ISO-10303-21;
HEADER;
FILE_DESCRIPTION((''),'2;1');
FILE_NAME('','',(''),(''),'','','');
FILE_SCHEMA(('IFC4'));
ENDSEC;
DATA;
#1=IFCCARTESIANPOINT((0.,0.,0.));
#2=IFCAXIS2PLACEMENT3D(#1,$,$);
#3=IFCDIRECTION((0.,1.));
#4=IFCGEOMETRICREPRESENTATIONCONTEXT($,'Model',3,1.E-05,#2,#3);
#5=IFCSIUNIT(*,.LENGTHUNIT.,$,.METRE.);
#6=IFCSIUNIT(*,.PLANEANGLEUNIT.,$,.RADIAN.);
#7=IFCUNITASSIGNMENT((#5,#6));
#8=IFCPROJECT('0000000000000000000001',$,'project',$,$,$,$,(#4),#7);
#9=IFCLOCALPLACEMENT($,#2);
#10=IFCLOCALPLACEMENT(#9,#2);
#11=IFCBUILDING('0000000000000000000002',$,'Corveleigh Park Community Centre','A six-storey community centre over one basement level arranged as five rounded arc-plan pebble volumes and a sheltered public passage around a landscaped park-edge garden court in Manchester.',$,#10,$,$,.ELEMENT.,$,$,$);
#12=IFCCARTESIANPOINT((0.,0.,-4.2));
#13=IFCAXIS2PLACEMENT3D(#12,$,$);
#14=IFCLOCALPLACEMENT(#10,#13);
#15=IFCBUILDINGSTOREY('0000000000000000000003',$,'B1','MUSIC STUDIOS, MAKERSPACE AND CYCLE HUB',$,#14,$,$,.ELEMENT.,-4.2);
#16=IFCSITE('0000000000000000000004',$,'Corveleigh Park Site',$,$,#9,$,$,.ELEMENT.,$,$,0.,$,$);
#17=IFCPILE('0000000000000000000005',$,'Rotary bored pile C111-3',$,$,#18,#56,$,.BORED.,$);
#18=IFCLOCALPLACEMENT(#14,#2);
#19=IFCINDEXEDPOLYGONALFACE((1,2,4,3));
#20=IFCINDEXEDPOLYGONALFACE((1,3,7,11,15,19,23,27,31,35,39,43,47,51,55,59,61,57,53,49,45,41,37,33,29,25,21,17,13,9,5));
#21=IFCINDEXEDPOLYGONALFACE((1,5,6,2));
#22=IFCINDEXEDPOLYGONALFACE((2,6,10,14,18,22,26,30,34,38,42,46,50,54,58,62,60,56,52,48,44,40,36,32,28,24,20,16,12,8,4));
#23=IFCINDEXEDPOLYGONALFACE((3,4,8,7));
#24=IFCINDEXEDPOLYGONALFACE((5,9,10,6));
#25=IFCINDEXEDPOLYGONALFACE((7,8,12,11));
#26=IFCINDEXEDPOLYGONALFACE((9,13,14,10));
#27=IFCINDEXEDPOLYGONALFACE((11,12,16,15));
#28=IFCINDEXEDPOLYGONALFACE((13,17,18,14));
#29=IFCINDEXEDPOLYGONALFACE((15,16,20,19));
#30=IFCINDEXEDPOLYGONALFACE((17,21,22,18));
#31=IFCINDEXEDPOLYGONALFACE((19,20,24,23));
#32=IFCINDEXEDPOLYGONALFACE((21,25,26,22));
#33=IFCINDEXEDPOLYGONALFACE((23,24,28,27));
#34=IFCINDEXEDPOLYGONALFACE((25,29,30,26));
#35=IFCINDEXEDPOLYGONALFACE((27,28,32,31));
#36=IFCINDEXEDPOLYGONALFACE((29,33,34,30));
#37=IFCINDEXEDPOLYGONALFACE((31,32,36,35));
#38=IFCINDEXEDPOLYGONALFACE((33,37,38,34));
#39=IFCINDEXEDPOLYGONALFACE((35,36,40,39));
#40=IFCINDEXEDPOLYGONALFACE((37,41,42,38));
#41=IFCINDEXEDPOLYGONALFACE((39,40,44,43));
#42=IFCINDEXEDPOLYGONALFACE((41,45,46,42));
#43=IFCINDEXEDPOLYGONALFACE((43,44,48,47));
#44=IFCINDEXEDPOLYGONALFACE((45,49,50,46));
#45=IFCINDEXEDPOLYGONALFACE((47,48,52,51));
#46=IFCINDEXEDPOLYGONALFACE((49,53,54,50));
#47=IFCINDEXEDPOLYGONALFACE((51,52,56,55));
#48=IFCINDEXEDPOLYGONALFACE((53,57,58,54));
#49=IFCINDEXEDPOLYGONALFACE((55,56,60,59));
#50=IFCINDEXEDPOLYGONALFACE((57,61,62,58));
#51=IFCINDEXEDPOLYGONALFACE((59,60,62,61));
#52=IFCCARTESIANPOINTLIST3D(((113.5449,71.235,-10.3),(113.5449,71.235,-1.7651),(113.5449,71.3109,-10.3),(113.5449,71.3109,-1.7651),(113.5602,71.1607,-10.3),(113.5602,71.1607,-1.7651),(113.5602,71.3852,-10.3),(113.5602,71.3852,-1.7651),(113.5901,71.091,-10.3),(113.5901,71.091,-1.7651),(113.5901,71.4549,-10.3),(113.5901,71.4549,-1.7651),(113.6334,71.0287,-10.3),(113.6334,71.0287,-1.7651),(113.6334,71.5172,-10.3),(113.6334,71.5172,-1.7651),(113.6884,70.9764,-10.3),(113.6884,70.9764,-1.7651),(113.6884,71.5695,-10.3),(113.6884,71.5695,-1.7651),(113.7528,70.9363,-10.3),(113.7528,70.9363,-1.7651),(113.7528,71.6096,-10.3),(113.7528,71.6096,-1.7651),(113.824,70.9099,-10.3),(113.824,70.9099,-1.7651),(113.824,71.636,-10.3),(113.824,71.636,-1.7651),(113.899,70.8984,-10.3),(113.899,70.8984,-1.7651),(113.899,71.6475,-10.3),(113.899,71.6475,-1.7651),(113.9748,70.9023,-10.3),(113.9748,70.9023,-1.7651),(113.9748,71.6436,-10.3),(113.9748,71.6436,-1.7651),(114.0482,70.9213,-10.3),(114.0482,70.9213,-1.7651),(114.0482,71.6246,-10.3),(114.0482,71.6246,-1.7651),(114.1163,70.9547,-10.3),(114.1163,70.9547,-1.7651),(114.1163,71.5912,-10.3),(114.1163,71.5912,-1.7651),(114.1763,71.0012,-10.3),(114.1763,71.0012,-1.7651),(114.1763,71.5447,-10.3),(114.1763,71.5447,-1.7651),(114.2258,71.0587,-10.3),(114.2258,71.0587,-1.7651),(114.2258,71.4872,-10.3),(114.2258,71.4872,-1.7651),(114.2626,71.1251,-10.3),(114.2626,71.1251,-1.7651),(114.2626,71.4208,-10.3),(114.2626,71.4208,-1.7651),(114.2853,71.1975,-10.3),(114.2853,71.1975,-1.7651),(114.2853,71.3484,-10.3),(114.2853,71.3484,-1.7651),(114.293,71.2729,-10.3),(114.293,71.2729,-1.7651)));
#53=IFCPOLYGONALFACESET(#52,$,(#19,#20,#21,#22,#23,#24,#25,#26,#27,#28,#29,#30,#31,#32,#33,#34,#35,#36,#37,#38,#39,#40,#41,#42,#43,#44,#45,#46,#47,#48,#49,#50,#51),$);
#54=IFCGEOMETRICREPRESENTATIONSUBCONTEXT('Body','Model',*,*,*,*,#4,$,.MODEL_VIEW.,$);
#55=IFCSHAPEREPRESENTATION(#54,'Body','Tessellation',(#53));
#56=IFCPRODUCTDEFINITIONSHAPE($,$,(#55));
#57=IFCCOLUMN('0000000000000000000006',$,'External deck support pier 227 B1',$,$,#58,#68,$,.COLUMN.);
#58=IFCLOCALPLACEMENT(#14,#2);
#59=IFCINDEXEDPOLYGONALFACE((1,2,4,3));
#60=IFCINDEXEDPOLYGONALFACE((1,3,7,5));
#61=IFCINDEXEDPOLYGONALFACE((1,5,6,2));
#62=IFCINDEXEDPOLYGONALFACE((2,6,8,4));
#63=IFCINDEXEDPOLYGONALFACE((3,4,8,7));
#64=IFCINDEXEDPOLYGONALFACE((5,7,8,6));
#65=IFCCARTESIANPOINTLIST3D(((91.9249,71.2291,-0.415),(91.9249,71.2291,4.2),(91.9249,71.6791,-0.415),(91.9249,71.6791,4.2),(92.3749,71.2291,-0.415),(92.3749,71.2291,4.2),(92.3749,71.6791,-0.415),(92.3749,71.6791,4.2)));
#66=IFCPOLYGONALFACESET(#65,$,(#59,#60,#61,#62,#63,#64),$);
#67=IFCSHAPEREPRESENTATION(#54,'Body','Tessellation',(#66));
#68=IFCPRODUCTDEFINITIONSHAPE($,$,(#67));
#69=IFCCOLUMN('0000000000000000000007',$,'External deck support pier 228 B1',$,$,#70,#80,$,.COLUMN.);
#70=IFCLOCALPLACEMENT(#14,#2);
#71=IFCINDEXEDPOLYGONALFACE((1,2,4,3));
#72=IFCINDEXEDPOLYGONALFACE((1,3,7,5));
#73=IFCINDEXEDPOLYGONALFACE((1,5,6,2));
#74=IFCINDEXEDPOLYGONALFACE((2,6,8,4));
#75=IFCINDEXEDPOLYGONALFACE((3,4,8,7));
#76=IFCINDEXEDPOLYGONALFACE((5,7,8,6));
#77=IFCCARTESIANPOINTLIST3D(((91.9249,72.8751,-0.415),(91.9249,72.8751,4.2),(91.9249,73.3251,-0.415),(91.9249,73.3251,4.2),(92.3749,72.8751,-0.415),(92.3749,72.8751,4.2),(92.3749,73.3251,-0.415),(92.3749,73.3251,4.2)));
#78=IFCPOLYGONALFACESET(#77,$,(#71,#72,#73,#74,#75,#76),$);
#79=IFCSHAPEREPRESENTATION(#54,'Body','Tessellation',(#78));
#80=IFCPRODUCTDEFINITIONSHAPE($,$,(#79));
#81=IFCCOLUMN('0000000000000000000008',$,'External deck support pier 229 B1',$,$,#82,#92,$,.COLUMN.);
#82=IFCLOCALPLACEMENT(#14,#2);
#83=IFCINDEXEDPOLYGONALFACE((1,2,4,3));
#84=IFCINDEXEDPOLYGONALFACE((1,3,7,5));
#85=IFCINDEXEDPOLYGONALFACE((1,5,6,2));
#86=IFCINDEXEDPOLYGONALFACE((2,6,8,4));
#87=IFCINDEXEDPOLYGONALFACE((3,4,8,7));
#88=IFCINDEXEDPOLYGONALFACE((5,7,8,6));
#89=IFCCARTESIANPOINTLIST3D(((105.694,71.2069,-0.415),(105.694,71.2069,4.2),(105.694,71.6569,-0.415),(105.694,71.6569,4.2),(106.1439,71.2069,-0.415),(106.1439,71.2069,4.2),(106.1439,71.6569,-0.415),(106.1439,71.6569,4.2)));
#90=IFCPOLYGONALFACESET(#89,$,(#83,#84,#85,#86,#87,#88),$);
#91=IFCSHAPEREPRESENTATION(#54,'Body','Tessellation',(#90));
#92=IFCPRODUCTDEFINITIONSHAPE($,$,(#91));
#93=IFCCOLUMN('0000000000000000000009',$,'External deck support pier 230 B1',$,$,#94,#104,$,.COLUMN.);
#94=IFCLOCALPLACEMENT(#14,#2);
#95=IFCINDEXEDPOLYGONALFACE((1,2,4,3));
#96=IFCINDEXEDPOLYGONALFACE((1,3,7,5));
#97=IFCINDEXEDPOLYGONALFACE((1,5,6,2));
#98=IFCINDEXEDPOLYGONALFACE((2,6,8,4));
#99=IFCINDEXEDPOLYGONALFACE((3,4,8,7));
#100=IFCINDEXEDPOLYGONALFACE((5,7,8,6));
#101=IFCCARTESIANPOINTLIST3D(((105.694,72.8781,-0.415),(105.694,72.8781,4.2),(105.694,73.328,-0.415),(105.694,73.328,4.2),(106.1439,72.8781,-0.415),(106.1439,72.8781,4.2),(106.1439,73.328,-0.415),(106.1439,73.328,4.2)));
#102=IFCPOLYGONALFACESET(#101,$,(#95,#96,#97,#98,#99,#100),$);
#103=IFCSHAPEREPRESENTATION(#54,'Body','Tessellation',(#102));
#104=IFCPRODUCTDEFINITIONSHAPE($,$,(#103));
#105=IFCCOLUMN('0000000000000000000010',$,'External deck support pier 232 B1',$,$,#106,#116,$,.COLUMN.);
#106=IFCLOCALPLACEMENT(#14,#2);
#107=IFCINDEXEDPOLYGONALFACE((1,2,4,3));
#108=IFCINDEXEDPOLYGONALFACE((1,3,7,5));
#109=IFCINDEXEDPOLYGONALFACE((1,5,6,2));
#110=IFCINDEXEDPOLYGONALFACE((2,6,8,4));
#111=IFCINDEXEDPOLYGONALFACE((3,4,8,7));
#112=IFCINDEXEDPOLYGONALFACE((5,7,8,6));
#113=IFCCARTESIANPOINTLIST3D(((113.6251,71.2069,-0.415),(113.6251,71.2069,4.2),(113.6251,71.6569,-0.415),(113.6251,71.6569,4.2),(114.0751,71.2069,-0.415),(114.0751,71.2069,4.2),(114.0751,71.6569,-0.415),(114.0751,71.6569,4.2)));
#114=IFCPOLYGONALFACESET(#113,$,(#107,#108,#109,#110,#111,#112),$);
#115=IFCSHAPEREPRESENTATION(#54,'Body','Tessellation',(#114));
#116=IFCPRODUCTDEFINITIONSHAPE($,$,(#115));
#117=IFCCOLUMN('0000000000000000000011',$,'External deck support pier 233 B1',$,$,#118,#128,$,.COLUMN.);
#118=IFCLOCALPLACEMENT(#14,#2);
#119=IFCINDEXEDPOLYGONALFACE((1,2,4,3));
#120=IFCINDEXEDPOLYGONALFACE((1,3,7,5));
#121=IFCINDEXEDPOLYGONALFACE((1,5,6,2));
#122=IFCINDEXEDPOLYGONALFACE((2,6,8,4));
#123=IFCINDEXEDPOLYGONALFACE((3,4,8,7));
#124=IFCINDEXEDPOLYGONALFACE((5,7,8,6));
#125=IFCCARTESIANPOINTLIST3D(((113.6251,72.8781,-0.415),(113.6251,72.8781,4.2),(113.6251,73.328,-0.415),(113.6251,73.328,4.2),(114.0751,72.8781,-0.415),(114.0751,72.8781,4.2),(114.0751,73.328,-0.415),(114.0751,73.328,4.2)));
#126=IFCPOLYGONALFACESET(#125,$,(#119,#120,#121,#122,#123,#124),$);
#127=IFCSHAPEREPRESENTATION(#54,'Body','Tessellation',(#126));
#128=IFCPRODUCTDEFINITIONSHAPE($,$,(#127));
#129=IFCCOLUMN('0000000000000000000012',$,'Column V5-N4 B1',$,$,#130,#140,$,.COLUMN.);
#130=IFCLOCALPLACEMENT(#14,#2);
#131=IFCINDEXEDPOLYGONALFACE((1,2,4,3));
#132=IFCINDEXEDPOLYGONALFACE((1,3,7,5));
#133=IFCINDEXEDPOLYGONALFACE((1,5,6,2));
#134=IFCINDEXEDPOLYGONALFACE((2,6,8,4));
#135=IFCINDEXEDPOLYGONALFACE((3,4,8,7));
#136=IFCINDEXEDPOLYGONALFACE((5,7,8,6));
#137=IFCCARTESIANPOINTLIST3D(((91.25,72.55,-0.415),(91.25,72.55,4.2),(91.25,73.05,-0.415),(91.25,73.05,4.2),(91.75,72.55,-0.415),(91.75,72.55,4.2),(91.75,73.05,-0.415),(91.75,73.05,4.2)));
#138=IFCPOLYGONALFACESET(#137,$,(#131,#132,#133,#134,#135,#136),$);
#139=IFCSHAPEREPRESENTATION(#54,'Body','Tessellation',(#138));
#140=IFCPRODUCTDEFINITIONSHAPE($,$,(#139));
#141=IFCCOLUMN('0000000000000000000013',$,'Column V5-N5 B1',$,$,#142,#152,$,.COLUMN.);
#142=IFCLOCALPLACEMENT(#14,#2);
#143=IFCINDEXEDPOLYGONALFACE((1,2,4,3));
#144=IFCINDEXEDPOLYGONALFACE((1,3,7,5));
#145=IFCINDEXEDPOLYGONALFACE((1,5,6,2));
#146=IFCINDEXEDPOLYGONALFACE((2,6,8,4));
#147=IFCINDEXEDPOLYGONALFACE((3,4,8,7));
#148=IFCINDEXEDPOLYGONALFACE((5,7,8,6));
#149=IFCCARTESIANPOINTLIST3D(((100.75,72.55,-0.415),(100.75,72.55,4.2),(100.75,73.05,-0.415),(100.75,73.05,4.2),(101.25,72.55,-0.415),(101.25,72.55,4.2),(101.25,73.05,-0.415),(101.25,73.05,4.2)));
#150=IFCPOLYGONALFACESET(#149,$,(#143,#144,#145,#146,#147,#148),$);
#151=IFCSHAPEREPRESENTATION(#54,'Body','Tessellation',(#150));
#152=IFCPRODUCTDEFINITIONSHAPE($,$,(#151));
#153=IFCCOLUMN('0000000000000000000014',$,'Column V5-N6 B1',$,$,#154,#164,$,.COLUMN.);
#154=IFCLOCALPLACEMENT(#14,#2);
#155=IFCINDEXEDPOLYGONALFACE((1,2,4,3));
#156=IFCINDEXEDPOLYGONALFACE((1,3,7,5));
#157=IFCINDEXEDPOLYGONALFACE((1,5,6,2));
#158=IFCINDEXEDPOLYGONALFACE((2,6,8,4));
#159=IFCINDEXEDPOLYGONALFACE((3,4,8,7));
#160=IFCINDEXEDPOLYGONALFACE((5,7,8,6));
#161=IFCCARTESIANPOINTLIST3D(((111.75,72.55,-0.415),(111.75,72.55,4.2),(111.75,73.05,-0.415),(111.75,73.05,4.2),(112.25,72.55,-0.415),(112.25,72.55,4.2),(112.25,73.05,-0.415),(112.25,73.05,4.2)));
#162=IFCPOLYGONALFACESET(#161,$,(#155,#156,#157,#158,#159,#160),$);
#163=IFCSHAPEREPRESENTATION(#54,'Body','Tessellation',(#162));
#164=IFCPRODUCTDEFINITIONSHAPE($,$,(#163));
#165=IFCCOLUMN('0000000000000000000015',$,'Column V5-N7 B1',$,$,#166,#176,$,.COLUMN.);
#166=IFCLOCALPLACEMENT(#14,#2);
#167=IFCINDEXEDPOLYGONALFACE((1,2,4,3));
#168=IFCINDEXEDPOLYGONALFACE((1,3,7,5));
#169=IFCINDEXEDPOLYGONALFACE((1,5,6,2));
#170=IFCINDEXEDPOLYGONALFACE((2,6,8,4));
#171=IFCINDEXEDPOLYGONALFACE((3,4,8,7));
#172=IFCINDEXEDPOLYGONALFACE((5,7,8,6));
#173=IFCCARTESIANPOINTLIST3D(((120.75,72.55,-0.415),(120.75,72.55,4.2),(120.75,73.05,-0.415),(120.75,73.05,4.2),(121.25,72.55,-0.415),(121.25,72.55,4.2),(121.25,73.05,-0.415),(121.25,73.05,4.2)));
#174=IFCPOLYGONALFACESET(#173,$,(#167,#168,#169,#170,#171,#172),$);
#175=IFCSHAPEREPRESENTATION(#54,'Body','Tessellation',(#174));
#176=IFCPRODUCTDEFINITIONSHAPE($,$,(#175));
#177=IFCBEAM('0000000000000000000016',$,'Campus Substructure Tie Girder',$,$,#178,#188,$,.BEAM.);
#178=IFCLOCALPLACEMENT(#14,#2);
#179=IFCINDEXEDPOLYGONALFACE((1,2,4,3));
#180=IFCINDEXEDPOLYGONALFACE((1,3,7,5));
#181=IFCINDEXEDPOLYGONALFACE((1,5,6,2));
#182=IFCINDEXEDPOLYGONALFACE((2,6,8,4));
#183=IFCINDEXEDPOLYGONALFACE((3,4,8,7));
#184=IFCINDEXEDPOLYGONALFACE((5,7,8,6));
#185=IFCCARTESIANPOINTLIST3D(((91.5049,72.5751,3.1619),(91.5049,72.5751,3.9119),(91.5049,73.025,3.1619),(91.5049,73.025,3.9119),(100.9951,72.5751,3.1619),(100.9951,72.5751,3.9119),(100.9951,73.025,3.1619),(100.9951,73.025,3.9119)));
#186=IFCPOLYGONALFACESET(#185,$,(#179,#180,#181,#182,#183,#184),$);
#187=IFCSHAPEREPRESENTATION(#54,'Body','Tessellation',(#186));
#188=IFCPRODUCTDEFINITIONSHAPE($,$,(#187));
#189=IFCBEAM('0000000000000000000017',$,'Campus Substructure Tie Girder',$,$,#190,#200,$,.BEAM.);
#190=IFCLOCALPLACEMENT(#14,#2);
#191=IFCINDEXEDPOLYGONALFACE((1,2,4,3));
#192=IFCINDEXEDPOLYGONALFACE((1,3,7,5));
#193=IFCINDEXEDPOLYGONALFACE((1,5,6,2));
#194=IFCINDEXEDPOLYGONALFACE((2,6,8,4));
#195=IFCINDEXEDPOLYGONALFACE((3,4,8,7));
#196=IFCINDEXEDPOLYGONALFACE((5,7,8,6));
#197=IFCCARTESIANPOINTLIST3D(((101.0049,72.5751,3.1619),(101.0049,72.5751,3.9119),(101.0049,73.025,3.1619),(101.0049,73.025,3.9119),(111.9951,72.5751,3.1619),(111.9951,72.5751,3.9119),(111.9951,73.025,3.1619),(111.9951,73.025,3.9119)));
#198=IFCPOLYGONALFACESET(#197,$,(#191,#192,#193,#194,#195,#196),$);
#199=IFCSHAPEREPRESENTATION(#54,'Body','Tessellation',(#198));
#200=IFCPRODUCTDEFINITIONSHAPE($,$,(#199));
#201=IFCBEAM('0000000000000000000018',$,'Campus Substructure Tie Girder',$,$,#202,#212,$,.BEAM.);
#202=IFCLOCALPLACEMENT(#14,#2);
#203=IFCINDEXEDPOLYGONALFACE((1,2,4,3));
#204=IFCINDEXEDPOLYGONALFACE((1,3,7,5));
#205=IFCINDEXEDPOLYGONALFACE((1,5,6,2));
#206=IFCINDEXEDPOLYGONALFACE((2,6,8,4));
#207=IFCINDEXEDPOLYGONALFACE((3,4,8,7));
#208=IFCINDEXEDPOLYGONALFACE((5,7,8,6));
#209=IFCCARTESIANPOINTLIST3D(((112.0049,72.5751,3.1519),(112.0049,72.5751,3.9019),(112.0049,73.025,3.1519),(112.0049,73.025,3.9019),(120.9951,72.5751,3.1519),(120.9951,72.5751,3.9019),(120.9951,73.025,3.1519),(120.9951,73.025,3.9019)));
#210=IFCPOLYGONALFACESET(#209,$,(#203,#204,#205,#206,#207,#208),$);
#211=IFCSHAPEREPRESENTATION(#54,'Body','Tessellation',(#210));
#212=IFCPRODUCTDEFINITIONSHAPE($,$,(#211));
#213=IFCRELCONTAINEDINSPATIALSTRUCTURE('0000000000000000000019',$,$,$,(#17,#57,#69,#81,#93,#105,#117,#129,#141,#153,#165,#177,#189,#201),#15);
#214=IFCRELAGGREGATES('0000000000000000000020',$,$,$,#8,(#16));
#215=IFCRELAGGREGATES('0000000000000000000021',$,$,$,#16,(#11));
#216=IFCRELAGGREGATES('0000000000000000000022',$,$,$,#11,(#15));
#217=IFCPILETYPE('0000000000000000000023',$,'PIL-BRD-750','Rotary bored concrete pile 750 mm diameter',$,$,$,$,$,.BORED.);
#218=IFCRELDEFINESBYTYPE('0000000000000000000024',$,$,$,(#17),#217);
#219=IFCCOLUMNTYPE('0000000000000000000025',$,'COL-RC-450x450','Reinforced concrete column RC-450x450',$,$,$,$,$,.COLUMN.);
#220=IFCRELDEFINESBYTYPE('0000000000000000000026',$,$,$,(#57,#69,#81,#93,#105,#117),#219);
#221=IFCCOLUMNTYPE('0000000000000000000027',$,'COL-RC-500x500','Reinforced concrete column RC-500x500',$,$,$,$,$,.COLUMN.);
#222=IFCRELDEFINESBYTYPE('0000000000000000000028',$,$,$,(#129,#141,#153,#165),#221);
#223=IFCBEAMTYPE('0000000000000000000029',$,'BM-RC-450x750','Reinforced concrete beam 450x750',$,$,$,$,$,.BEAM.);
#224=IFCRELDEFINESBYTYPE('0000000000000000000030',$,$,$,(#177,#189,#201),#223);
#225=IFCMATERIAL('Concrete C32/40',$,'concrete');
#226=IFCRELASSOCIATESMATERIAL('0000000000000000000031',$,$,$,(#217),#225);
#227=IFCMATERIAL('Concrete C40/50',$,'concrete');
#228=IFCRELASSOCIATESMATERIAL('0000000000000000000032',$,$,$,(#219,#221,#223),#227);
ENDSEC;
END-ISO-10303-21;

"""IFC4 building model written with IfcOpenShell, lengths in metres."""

from ifc_helpers import new_model, si_unit, direction, frame, origin, origin_2d, place, context, subcontext, project, spatial, rectangle, circle, extrude, material, material_profile, profile_set, type_object, element, save


model = new_model("IFC4")

# Units and contexts
model_context = context("Model", 3, precision=1e-05, world=origin(), true_north=direction((0.0, 1.0)))
body_context = subcontext(model_context, "Body", "Model", "MODEL_VIEW")
ifc_project = project(units=[si_unit("LENGTHUNIT", "METRE"), si_unit("PLANEANGLEUNIT", "RADIAN")], contexts=[model_context])

# Site, building, storey
site_placement = place(None, origin())
site = spatial("IfcSite", under=ifc_project, at=site_placement, Name="Corveleigh Park Site", CompositionType="ELEMENT", RefElevation=0.0)
building_placement = place(site_placement, origin())
building = spatial("IfcBuilding", under=site, at=building_placement, Name="Corveleigh Park Community Centre", Description="A six-storey community centre over one basement level arranged as five rounded arc-plan pebble volumes and a sheltered public passage around a landscaped park-edge garden court in Manchester.", CompositionType="ELEMENT")
storey_placement = place(building_placement, frame((0.0, 0.0, -4.2)))
storey = spatial("IfcBuildingStorey", under=building, at=storey_placement, Name="B1", Description="MUSIC STUDIOS, MAKERSPACE AND CYCLE HUB", CompositionType="ELEMENT", Elevation=-4.2)

# Shared definitions
ifc_material_1 = material(Name="Concrete C40/50", Category="concrete")

# Pile
ifc_material_2 = material(Name="Concrete C32/40", Category="concrete")
ifc_material_profile_1 = material_profile(ifc_material_2, circle(Radius=0.375, at=origin_2d()), Name="BORED-PILE-750", Category="concrete")
ifc_profile_set_1 = profile_set([ifc_material_profile_1], Name="Concrete C32/40")
pile_type = type_object("IfcPileType", Name="PIL-BRD-750", Description="Rotary bored concrete pile 750 mm diameter", PredefinedType="BORED", material=ifc_profile_set_1)
for number, where, z_axis, x_axis, name in (
    (1, (113.918, 71.2729, -1.7651), (0.0, 0.0, -1.0), (1.0, 0.0, 0.0), "Rotary bored pile C111-3"),
):
    element("IfcPile", number, at=place(storey_placement, frame(where, z_axis=z_axis, x_axis=x_axis)), inside=storey, type_object=pile_type, Name=name, PredefinedType="BORED", context=body_context, shape_type="SweptSolid", body=[
        extrude(circle(Radius=0.375, at=origin_2d()), origin(), (0.0, 0.0, 1.0), 8.5349),
    ])

# Columns
ifc_material_profile_2 = material_profile(ifc_material_1, rectangle(XDim=0.45, YDim=0.45, at=origin_2d()), Name="RC-450x450", Category="concrete")
ifc_profile_set_2 = profile_set([ifc_material_profile_2], Name="Concrete C40/50")
column_type_1 = type_object("IfcColumnType", Name="COL-RC-450x450", Description="Reinforced concrete column RC-450x450", PredefinedType="COLUMN", material=ifc_profile_set_2)
for number, where, z_axis, x_axis, name in (
    (2, (92.1499, 71.4541, -0.415), (0.0, 0.0, 1.0), (1.0, 0.0, 0.0), "External deck support pier 227 B1"),
    (3, (92.1499, 73.1001, -0.415), (0.0, 0.0, 1.0), (1.0, 0.0, 0.0), "External deck support pier 228 B1"),
    (4, (105.9189, 71.4319, -0.415), (0.0, 0.0, 1.0), (1.0, 0.0, 0.0), "External deck support pier 229 B1"),
    (5, (105.9189, 73.103, -0.415), (0.0, 0.0, 1.0), (1.0, 0.0, 0.0), "External deck support pier 230 B1"),
    (6, (113.8501, 71.4319, -0.415), (0.0, 0.0, 1.0), (1.0, 0.0, 0.0), "External deck support pier 232 B1"),
    (7, (113.8501, 73.103, -0.415), (0.0, 0.0, 1.0), (1.0, 0.0, 0.0), "External deck support pier 233 B1"),
):
    element("IfcColumn", number, at=place(storey_placement, frame(where, z_axis=z_axis, x_axis=x_axis)), inside=storey, type_object=column_type_1, Name=name, PredefinedType="COLUMN", context=body_context, shape_type="SweptSolid", body=[
        extrude(rectangle(XDim=0.45, YDim=0.45, at=origin_2d()), origin(), (0.0, 0.0, 1.0), 4.615),
    ])
ifc_material_profile_3 = material_profile(ifc_material_1, rectangle(XDim=0.5, YDim=0.5, at=origin_2d()), Name="RC-500x500", Category="concrete")
ifc_profile_set_3 = profile_set([ifc_material_profile_3], Name="Concrete C40/50")
column_type_2 = type_object("IfcColumnType", Name="COL-RC-500x500", Description="Reinforced concrete column RC-500x500", PredefinedType="COLUMN", material=ifc_profile_set_3)
for number, where, z_axis, x_axis, name in (
    (8, (91.5, 72.8, -0.415), (0.0, 0.0, 1.0), (1.0, 0.0, 0.0), "Column V5-N4 B1"),
    (9, (101.0, 72.8, -0.415), (0.0, 0.0, 1.0), (1.0, 0.0, 0.0), "Column V5-N5 B1"),
    (10, (112.0, 72.8, -0.415), (0.0, 0.0, 1.0), (1.0, 0.0, 0.0), "Column V5-N6 B1"),
    (11, (121.0, 72.8, -0.415), (0.0, 0.0, 1.0), (1.0, 0.0, 0.0), "Column V5-N7 B1"),
):
    element("IfcColumn", number, at=place(storey_placement, frame(where, z_axis=z_axis, x_axis=x_axis)), inside=storey, type_object=column_type_2, Name=name, PredefinedType="COLUMN", context=body_context, shape_type="SweptSolid", body=[
        extrude(rectangle(XDim=0.5, YDim=0.5, at=origin_2d()), origin(), (0.0, 0.0, 1.0), 4.615),
    ])

# Beams
ifc_material_profile_4 = material_profile(ifc_material_1, rectangle(XDim=0.45, YDim=0.75, at=origin_2d()), Name="RC-450x750", Category="concrete")
ifc_profile_set_4 = profile_set([ifc_material_profile_4], Name="Concrete C40/50")
beam_type = type_object("IfcBeamType", Name="BM-RC-450x750", Description="Reinforced concrete beam 450x750", PredefinedType="BEAM", material=ifc_profile_set_4)
beam_1_placement = place(storey_placement, frame((91.5049, 72.8, 3.5369), z_axis=(1.0, 0.0, 0.0), x_axis=(0.0, 1.0, 0.0)))
element("IfcBeam", 12, at=beam_1_placement, inside=storey, type_object=beam_type, Name="Campus Substructure Tie Girder", PredefinedType="BEAM", context=body_context, shape_type="SweptSolid", body=[
    extrude(rectangle(XDim=0.45, YDim=0.75, at=origin_2d()), origin(), (0.0, 0.0, 1.0), 9.4902),
])
beam_2_placement = place(storey_placement, frame((101.0049, 72.8, 3.5369), z_axis=(1.0, 0.0, 0.0), x_axis=(0.0, 1.0, 0.0)))
element("IfcBeam", 13, at=beam_2_placement, inside=storey, type_object=beam_type, Name="Campus Substructure Tie Girder", PredefinedType="BEAM", context=body_context, shape_type="SweptSolid", body=[
    extrude(rectangle(XDim=0.45, YDim=0.75, at=origin_2d()), origin(), (0.0, 0.0, 1.0), 10.9902),
])
beam_3_placement = place(storey_placement, frame((112.0049, 72.8, 3.5269), z_axis=(1.0, 0.0, 0.0), x_axis=(0.0, 1.0, 0.0)))
element("IfcBeam", 14, at=beam_3_placement, inside=storey, type_object=beam_type, Name="Campus Substructure Tie Girder", PredefinedType="BEAM", context=body_context, shape_type="SweptSolid", body=[
    extrude(rectangle(XDim=0.45, YDim=0.75, at=origin_2d()), origin(), (0.0, 0.0, 1.0), 8.9902),
])

save(model, "model.ifc")
